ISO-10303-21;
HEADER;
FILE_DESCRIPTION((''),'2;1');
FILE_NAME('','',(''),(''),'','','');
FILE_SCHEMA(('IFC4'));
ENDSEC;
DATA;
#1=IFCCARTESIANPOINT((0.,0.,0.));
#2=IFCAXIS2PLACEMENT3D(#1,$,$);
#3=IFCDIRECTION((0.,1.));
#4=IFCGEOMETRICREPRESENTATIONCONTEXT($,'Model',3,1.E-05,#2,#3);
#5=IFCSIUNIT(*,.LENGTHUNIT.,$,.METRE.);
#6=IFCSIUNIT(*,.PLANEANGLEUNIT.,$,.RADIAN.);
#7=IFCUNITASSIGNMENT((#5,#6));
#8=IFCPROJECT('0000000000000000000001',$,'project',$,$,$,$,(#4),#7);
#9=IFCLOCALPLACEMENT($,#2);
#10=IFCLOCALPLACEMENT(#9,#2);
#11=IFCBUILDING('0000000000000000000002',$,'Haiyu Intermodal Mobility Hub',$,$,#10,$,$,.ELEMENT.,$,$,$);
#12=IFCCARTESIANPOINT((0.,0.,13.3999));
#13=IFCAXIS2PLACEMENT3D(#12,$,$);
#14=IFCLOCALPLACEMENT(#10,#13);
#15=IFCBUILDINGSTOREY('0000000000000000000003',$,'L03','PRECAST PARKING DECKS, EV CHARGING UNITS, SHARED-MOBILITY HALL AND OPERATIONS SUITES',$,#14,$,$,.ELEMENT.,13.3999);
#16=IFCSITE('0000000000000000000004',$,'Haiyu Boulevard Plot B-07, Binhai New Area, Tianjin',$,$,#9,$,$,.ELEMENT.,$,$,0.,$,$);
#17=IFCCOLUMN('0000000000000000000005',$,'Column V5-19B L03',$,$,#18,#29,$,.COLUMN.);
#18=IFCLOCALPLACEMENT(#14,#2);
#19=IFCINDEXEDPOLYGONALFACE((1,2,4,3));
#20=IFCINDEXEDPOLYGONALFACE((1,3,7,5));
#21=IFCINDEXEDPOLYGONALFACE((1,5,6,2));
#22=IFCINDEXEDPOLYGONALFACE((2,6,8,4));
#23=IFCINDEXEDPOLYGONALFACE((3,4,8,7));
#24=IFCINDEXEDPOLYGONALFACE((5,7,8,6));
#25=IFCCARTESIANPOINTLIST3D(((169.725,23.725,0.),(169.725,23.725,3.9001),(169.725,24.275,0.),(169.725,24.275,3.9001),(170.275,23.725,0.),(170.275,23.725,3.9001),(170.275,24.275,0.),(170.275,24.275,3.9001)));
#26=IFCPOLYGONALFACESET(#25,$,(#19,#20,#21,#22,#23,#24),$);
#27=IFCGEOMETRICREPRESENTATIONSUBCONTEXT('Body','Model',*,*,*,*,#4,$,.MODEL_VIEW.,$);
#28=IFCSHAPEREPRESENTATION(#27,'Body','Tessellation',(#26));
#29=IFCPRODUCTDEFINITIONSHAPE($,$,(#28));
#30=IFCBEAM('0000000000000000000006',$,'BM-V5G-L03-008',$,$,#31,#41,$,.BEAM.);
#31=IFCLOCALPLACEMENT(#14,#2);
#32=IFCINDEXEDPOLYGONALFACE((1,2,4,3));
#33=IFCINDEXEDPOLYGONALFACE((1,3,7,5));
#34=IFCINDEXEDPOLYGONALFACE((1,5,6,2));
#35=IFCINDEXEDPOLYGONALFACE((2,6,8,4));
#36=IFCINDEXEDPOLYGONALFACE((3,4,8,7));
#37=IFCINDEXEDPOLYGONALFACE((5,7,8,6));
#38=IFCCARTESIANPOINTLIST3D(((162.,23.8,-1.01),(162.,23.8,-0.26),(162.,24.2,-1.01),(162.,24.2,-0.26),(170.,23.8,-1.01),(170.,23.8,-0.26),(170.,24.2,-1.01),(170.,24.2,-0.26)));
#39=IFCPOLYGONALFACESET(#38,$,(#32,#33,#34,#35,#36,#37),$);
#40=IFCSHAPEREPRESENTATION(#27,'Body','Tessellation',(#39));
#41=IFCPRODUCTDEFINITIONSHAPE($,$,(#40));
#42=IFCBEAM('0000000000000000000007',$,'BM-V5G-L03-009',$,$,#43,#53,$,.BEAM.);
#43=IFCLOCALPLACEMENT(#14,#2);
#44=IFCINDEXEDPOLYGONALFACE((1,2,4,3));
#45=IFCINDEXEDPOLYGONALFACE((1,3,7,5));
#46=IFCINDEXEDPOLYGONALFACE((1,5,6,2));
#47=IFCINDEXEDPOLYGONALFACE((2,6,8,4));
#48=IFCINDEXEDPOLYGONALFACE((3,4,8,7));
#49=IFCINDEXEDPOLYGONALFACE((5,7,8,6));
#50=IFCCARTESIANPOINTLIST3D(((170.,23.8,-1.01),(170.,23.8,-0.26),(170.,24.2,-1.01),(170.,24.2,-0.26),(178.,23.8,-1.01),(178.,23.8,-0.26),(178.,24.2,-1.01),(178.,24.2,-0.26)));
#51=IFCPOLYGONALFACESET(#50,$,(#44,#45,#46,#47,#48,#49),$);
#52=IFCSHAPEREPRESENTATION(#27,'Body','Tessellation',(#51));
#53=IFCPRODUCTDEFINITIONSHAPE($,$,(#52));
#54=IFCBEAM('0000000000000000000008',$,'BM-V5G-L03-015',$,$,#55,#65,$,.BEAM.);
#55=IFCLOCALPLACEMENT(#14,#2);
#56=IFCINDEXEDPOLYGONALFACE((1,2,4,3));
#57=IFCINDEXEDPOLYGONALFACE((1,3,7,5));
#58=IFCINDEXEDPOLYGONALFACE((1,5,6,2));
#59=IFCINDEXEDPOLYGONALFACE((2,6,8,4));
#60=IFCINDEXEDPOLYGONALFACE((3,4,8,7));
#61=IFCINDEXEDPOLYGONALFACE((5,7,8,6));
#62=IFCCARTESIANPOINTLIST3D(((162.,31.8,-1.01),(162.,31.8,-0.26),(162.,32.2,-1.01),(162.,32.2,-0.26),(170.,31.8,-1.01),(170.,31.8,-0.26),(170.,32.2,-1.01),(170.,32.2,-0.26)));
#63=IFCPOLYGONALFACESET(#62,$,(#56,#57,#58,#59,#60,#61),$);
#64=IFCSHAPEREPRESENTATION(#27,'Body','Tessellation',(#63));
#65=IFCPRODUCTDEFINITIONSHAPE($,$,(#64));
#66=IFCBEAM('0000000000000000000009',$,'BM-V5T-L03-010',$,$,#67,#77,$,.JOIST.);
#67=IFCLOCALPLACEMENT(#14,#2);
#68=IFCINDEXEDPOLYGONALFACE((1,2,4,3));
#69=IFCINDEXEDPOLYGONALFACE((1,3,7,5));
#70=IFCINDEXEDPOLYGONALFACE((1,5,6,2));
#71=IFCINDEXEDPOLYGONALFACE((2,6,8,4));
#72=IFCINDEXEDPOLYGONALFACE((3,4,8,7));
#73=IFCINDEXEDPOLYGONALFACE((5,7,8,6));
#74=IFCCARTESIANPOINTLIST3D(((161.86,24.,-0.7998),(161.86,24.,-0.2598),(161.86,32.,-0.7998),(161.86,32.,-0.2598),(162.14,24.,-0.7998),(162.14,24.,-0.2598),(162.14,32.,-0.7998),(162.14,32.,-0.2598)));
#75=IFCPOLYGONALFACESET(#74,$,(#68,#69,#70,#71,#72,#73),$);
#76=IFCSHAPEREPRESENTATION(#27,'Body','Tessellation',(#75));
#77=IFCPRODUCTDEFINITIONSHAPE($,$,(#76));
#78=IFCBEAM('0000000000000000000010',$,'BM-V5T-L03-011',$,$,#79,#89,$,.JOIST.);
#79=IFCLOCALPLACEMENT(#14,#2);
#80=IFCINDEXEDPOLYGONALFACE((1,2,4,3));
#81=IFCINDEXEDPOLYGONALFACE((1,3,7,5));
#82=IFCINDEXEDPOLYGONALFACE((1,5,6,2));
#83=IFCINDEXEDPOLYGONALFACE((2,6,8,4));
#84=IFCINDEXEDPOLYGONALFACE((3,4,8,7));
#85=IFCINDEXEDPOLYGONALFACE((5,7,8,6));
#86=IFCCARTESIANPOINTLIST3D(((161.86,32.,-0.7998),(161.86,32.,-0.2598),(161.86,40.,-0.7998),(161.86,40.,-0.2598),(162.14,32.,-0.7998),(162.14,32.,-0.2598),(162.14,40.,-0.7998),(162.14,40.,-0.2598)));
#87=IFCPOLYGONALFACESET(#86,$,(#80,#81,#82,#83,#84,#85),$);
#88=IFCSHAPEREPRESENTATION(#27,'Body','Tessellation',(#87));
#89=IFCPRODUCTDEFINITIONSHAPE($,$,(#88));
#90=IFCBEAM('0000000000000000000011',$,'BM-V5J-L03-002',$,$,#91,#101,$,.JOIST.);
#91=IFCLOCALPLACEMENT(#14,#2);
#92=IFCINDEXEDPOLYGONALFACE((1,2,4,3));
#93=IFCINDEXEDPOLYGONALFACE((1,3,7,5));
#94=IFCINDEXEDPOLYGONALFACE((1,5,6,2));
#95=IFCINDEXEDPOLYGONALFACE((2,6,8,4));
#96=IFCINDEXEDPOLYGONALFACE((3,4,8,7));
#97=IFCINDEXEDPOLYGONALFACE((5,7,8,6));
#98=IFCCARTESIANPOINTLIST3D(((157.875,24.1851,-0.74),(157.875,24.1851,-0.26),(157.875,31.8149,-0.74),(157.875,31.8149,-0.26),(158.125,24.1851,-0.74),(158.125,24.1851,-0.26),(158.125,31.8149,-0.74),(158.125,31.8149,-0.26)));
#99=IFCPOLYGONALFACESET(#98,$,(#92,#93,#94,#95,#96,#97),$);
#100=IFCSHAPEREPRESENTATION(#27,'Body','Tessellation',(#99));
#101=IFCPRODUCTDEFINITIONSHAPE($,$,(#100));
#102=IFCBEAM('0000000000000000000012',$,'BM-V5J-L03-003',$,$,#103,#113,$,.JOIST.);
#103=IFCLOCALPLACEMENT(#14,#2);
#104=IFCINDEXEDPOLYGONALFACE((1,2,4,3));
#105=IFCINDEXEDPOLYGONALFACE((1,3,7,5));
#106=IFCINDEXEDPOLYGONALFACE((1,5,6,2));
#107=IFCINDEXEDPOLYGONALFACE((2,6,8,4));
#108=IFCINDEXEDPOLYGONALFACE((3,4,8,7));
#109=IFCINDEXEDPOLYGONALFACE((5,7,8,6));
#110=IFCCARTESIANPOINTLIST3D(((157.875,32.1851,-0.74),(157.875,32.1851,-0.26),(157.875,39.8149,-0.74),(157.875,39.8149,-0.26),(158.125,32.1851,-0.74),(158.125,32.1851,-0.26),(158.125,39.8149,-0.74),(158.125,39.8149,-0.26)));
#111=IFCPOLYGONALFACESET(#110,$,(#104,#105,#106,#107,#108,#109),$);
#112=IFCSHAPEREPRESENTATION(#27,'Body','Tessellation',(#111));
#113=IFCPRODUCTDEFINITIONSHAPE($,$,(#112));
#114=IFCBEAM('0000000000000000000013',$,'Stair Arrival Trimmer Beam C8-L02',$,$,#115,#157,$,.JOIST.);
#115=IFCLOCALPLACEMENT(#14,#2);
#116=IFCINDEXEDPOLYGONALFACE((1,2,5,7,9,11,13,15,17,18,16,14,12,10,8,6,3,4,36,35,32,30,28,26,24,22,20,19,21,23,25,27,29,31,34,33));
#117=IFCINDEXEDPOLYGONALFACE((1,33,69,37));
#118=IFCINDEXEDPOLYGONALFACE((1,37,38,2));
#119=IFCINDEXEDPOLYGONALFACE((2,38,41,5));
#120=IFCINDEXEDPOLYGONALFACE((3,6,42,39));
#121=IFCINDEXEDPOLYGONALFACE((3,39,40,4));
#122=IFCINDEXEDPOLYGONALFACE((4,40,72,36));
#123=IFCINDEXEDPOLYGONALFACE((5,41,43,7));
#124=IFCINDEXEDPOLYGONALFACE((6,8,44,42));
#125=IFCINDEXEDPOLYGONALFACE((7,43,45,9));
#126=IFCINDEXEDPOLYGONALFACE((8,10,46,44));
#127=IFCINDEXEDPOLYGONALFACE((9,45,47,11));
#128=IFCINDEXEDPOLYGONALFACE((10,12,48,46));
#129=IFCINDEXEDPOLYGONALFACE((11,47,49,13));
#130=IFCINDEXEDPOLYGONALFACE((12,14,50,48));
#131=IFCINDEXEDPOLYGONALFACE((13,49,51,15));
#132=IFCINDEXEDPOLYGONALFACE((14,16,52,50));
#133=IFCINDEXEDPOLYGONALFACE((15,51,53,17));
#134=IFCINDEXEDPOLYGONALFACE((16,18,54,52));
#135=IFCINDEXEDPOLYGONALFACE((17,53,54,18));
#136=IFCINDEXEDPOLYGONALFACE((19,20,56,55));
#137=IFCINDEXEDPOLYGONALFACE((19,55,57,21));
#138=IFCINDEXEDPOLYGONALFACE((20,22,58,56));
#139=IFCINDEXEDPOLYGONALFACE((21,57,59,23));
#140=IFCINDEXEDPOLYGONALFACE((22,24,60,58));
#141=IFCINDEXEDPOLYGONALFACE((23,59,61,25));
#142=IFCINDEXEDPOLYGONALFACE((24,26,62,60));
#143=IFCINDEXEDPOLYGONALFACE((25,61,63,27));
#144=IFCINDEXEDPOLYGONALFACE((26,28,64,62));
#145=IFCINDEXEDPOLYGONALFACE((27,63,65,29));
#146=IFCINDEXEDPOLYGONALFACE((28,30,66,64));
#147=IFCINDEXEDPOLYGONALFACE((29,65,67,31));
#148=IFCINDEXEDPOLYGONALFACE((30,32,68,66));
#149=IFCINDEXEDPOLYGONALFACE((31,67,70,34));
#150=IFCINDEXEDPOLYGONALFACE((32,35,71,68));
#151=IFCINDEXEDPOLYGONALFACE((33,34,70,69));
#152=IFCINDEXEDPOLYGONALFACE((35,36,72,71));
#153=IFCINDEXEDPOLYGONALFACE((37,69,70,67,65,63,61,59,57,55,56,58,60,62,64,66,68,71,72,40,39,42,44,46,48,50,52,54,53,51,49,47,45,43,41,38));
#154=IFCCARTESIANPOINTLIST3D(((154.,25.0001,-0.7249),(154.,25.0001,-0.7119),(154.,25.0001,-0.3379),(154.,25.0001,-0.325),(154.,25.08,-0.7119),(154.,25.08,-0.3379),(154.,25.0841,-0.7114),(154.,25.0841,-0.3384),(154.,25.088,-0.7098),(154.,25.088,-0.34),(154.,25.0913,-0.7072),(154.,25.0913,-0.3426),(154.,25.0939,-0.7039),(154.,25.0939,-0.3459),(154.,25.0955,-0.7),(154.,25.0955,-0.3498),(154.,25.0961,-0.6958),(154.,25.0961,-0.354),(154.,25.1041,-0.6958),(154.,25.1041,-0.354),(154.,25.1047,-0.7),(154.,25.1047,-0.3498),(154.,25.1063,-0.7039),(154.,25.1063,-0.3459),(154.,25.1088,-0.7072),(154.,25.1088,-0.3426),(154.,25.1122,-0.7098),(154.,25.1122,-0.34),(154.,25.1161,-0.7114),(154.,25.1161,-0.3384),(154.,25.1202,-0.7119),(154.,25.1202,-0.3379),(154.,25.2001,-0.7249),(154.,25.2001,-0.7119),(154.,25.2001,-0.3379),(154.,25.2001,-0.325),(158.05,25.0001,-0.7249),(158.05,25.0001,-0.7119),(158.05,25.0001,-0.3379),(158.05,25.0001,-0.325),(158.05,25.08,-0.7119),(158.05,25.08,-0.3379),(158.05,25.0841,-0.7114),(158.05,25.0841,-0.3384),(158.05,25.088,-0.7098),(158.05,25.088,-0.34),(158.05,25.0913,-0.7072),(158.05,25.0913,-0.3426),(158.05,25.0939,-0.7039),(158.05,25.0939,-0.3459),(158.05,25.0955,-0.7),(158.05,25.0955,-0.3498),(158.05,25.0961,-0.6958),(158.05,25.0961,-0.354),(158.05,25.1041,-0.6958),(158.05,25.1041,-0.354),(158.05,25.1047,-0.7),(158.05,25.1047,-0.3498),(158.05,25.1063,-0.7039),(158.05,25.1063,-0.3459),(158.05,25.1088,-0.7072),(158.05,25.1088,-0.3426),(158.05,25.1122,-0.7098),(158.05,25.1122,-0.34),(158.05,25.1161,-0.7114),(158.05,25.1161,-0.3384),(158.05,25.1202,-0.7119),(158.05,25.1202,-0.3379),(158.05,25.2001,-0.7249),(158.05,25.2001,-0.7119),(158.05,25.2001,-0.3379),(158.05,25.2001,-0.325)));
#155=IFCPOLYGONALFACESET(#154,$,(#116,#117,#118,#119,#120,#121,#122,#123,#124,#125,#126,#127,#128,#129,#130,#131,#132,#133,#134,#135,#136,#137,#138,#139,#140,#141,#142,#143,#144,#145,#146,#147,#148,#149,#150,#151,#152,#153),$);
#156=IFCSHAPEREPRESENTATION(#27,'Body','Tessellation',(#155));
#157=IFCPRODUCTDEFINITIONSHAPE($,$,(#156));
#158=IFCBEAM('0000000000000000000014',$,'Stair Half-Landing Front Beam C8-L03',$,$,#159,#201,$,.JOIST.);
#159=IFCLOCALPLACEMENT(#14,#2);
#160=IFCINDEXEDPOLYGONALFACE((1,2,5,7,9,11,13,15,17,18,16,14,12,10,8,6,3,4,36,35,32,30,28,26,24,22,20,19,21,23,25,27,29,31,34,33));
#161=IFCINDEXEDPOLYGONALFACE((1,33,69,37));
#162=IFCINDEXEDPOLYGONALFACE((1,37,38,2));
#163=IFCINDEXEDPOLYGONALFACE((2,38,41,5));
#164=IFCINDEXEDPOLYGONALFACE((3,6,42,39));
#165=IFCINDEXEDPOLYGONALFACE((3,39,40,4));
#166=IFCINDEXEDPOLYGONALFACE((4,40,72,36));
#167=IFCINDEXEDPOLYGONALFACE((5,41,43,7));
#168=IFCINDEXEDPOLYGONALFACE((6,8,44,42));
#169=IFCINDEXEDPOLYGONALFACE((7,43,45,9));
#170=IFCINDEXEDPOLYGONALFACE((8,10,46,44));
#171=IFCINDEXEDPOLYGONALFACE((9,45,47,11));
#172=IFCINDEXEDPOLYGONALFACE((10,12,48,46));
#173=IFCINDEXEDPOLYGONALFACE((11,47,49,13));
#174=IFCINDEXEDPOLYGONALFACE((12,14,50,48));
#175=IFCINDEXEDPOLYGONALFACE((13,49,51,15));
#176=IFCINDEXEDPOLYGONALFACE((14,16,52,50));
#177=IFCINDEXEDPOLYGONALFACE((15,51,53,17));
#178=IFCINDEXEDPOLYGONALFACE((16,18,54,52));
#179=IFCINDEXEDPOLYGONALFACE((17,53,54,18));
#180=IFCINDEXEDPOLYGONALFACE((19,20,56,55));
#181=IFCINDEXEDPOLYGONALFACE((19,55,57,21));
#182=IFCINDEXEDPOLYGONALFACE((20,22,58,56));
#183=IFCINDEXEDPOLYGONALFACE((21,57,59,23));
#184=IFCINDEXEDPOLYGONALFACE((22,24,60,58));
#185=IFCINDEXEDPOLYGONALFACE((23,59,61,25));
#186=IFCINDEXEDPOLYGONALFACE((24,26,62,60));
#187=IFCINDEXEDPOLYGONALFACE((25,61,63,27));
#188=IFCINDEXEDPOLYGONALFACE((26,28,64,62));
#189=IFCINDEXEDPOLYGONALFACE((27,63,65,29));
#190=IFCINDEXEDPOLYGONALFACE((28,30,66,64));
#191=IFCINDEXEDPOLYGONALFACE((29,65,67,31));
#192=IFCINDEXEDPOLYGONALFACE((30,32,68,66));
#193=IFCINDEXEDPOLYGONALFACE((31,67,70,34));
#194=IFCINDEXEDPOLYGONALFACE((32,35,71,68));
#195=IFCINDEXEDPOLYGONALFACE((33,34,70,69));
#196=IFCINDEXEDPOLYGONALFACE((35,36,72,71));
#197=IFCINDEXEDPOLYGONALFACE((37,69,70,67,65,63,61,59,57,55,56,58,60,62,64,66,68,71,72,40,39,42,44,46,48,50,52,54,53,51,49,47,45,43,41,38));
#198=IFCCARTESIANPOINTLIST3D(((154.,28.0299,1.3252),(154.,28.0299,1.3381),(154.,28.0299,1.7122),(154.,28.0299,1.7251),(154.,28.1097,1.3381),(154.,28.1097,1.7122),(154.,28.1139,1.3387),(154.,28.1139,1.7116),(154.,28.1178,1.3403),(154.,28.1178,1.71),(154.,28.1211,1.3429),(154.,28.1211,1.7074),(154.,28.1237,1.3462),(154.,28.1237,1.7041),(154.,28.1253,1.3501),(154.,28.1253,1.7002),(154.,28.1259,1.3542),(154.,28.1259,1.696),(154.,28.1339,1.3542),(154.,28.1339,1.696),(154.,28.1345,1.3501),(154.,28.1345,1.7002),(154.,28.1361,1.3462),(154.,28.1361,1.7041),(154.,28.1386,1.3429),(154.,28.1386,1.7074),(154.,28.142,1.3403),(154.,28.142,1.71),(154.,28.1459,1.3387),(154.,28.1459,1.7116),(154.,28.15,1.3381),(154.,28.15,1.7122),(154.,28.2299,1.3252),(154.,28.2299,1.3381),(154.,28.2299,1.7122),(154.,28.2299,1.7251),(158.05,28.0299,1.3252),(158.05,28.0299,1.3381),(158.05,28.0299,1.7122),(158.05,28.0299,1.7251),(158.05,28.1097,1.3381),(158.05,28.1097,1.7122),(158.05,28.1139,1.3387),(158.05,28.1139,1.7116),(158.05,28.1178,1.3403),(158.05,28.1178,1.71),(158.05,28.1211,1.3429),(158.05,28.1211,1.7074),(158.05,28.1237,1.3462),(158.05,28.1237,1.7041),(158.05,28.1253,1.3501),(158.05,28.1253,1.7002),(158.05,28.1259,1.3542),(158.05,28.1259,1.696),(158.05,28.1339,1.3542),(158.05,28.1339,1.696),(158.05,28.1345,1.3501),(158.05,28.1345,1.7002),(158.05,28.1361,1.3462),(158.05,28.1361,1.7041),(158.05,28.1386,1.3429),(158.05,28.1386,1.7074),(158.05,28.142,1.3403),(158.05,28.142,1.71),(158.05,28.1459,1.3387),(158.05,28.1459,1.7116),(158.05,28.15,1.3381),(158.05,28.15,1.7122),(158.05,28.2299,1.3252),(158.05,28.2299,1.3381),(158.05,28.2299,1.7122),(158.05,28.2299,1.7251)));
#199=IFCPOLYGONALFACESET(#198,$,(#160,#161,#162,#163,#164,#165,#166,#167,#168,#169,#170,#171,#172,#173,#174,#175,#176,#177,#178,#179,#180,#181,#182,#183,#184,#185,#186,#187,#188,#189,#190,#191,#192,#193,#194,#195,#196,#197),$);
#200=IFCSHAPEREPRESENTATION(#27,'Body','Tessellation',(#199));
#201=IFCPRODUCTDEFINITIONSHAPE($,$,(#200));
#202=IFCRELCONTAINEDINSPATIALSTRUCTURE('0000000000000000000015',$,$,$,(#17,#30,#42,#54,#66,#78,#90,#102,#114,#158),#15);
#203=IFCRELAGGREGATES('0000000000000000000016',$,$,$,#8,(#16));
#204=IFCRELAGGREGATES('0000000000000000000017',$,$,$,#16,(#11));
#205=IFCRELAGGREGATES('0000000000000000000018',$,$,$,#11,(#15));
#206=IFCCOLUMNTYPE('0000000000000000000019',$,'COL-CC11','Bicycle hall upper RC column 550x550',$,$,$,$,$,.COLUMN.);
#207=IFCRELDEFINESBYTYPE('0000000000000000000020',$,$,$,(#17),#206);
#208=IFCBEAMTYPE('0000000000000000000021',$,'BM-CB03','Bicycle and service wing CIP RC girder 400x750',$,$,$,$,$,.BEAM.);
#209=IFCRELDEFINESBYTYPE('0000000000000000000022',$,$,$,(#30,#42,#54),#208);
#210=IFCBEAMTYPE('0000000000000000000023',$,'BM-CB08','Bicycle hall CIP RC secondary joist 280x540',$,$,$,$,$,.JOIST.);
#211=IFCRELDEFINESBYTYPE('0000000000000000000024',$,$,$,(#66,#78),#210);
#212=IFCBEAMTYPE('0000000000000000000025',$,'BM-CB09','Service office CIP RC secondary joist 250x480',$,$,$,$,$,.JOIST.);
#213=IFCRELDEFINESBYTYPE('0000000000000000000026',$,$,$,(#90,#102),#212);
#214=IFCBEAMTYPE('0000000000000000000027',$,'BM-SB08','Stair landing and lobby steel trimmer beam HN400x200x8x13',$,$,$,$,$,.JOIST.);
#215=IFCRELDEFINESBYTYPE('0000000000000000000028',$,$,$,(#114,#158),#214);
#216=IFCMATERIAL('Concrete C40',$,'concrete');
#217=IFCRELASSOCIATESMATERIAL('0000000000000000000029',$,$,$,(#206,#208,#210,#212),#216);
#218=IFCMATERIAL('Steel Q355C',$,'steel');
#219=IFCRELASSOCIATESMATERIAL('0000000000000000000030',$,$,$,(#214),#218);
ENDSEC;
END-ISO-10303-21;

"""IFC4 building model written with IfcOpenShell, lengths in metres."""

from ifc_helpers import new_model, si_unit, direction, frame, origin, origin_2d, place, context, subcontext, project, spatial, rectangle, i_section, extrude, material, material_profile, profile_set, type_object, element, save


model = new_model("IFC4")

# Units and contexts
model_context = context("Model", 3, precision=1e-05, world=origin(), true_north=direction((0.0, 1.0)))
body_context = subcontext(model_context, "Body", "Model", "MODEL_VIEW")
ifc_project = project(units=[si_unit("LENGTHUNIT", "METRE"), si_unit("PLANEANGLEUNIT", "RADIAN")], contexts=[model_context])

# Site, building, storey
site_placement = place(None, origin())
site = spatial("IfcSite", under=ifc_project, at=site_placement, Name="Haiyu Boulevard Plot B-07, Binhai New Area, Tianjin", CompositionType="ELEMENT", RefElevation=0.0)
building_placement = place(site_placement, origin())
building = spatial("IfcBuilding", under=site, at=building_placement, Name="Haiyu Intermodal Mobility Hub", CompositionType="ELEMENT")
storey_placement = place(building_placement, frame((0.0, 0.0, 13.3999)))
storey = spatial("IfcBuildingStorey", under=building, at=storey_placement, Name="L03", Description="PRECAST PARKING DECKS, EV CHARGING UNITS, SHARED-MOBILITY HALL AND OPERATIONS SUITES", CompositionType="ELEMENT", Elevation=13.3999)

# Column
ifc_material_1 = material(Name="Concrete C40", Category="concrete")
ifc_material_profile_1 = material_profile(ifc_material_1, rectangle(XDim=0.55, YDim=0.55, at=origin_2d()), Name="RC550x550")
ifc_profile_set_1 = profile_set([ifc_material_profile_1], Name="Concrete C40")
column_type = type_object("IfcColumnType", Name="COL-CC11", Description="Bicycle hall upper RC column 550x550", PredefinedType="COLUMN", material=ifc_profile_set_1)
column_placement = place(storey_placement, frame((170.0, 24.0, 0.0), z_axis=(0.0, 0.0, 1.0), x_axis=(1.0, 0.0, 0.0)))
element("IfcColumn", 1, at=column_placement, inside=storey, type_object=column_type, Name="Column V5-19B L03", PredefinedType="COLUMN", context=body_context, shape_type="SweptSolid", body=[
    extrude(rectangle(XDim=0.55, YDim=0.55, at=origin_2d()), origin(), (0.0, 0.0, 1.0), 3.9001),
])

# Beams
ifc_material_profile_2 = material_profile(ifc_material_1, rectangle(XDim=0.3999, YDim=0.75, at=origin_2d()), Name="RCB400x750")
ifc_profile_set_2 = profile_set([ifc_material_profile_2], Name="Concrete C40")
beam_type_1 = type_object("IfcBeamType", Name="BM-CB03", Description="Bicycle and service wing CIP RC girder 400x750", PredefinedType="BEAM", material=ifc_profile_set_2)
for number, where, z_axis, x_axis, name in (
    (2, (162.0, 24.0, -0.635), (1.0, 0.0, 0.0), (0.0, 1.0, 0.0), "BM-V5G-L03-008"),
    (3, (170.0, 24.0, -0.635), (1.0, 0.0, 0.0), (0.0, 1.0, 0.0), "BM-V5G-L03-009"),
    (4, (162.0, 32.0, -0.635), (1.0, 0.0, 0.0), (0.0, 1.0, 0.0), "BM-V5G-L03-015"),
):
    element("IfcBeam", number, at=place(storey_placement, frame(where, z_axis=z_axis, x_axis=x_axis)), inside=storey, type_object=beam_type_1, Name=name, PredefinedType="BEAM", context=body_context, shape_type="SweptSolid", body=[
        extrude(rectangle(XDim=0.3999, YDim=0.75, at=origin_2d()), origin(), (0.0, 0.0, 1.0), 8.0),
    ])
ifc_material_profile_3 = material_profile(ifc_material_1, rectangle(XDim=0.28, YDim=0.54, at=origin_2d()), Name="RCB280x540")
ifc_profile_set_3 = profile_set([ifc_material_profile_3], Name="Concrete C40")
beam_type_2 = type_object("IfcBeamType", Name="BM-CB08", Description="Bicycle hall CIP RC secondary joist 280x540", PredefinedType="JOIST", material=ifc_profile_set_3)
for number, where, z_axis, x_axis, name in (
    (5, (162.0, 24.0, -0.5298), (0.0, 1.0, 0.0), (-1.0, 0.0, 0.0), "BM-V5T-L03-010"),
    (6, (162.0, 32.0, -0.5298), (0.0, 1.0, 0.0), (-1.0, 0.0, 0.0), "BM-V5T-L03-011"),
):
    element("IfcBeam", number, at=place(storey_placement, frame(where, z_axis=z_axis, x_axis=x_axis)), inside=storey, type_object=beam_type_2, Name=name, PredefinedType="JOIST", context=body_context, shape_type="SweptSolid", body=[
        extrude(rectangle(XDim=0.28, YDim=0.54, at=origin_2d()), origin(), (0.0, 0.0, 1.0), 8.0),
    ])
ifc_material_profile_4 = material_profile(ifc_material_1, rectangle(XDim=0.25, YDim=0.48, at=origin_2d()), Name="RCB250x480")
ifc_profile_set_4 = profile_set([ifc_material_profile_4], Name="Concrete C40")
beam_type_3 = type_object("IfcBeamType", Name="BM-CB09", Description="Service office CIP RC secondary joist 250x480", PredefinedType="JOIST", material=ifc_profile_set_4)
for number, where, z_axis, x_axis, name in (
    (7, (158.0, 24.1851, -0.5), (0.0, 1.0, 0.0), (-1.0, 0.0, 0.0), "BM-V5J-L03-002"),
    (8, (158.0, 32.1851, -0.5), (0.0, 1.0, 0.0), (-1.0, 0.0, 0.0), "BM-V5J-L03-003"),
):
    element("IfcBeam", number, at=place(storey_placement, frame(where, z_axis=z_axis, x_axis=x_axis)), inside=storey, type_object=beam_type_3, Name=name, PredefinedType="JOIST", context=body_context, shape_type="SweptSolid", body=[
        extrude(rectangle(XDim=0.25, YDim=0.48, at=origin_2d()), origin(), (0.0, 0.0, 1.0), 7.6299),
    ])
ifc_material_2 = material(Name="Steel Q355C", Category="steel")
ifc_material_profile_5 = material_profile(ifc_material_2, i_section(OverallWidth=0.2, OverallDepth=0.3999, WebThickness=0.0081, FlangeThickness=0.0129, FilletRadius=0.0161, at=origin_2d()), Name="HN400x200x8x13")
ifc_profile_set_5 = profile_set([ifc_material_profile_5], Name="Steel Q355C")
beam_type_4 = type_object("IfcBeamType", Name="BM-SB08", Description="Stair landing and lobby steel trimmer beam HN400x200x8x13", PredefinedType="JOIST", material=ifc_profile_set_5)
for number, where, z_axis, x_axis, name in (
    (9, (154.0, 25.1001, -0.5249), (1.0, 0.0, 0.0), (0.0, 1.0, 0.0), "Stair Arrival Trimmer Beam C8-L02"),
    (10, (154.0, 28.1299, 1.5251), (1.0, 0.0, 0.0), (0.0, 1.0, 0.0), "Stair Half-Landing Front Beam C8-L03"),
):
    element("IfcBeam", number, at=place(storey_placement, frame(where, z_axis=z_axis, x_axis=x_axis)), inside=storey, type_object=beam_type_4, Name=name, PredefinedType="JOIST", context=body_context, shape_type="SweptSolid", body=[
        extrude(i_section(OverallWidth=0.2, OverallDepth=0.3999, WebThickness=0.0081, FlangeThickness=0.0129, FilletRadius=0.0161, at=origin_2d()), origin(), (0.0, 0.0, 1.0), 4.05),
    ])

save(model, "model.ifc")
